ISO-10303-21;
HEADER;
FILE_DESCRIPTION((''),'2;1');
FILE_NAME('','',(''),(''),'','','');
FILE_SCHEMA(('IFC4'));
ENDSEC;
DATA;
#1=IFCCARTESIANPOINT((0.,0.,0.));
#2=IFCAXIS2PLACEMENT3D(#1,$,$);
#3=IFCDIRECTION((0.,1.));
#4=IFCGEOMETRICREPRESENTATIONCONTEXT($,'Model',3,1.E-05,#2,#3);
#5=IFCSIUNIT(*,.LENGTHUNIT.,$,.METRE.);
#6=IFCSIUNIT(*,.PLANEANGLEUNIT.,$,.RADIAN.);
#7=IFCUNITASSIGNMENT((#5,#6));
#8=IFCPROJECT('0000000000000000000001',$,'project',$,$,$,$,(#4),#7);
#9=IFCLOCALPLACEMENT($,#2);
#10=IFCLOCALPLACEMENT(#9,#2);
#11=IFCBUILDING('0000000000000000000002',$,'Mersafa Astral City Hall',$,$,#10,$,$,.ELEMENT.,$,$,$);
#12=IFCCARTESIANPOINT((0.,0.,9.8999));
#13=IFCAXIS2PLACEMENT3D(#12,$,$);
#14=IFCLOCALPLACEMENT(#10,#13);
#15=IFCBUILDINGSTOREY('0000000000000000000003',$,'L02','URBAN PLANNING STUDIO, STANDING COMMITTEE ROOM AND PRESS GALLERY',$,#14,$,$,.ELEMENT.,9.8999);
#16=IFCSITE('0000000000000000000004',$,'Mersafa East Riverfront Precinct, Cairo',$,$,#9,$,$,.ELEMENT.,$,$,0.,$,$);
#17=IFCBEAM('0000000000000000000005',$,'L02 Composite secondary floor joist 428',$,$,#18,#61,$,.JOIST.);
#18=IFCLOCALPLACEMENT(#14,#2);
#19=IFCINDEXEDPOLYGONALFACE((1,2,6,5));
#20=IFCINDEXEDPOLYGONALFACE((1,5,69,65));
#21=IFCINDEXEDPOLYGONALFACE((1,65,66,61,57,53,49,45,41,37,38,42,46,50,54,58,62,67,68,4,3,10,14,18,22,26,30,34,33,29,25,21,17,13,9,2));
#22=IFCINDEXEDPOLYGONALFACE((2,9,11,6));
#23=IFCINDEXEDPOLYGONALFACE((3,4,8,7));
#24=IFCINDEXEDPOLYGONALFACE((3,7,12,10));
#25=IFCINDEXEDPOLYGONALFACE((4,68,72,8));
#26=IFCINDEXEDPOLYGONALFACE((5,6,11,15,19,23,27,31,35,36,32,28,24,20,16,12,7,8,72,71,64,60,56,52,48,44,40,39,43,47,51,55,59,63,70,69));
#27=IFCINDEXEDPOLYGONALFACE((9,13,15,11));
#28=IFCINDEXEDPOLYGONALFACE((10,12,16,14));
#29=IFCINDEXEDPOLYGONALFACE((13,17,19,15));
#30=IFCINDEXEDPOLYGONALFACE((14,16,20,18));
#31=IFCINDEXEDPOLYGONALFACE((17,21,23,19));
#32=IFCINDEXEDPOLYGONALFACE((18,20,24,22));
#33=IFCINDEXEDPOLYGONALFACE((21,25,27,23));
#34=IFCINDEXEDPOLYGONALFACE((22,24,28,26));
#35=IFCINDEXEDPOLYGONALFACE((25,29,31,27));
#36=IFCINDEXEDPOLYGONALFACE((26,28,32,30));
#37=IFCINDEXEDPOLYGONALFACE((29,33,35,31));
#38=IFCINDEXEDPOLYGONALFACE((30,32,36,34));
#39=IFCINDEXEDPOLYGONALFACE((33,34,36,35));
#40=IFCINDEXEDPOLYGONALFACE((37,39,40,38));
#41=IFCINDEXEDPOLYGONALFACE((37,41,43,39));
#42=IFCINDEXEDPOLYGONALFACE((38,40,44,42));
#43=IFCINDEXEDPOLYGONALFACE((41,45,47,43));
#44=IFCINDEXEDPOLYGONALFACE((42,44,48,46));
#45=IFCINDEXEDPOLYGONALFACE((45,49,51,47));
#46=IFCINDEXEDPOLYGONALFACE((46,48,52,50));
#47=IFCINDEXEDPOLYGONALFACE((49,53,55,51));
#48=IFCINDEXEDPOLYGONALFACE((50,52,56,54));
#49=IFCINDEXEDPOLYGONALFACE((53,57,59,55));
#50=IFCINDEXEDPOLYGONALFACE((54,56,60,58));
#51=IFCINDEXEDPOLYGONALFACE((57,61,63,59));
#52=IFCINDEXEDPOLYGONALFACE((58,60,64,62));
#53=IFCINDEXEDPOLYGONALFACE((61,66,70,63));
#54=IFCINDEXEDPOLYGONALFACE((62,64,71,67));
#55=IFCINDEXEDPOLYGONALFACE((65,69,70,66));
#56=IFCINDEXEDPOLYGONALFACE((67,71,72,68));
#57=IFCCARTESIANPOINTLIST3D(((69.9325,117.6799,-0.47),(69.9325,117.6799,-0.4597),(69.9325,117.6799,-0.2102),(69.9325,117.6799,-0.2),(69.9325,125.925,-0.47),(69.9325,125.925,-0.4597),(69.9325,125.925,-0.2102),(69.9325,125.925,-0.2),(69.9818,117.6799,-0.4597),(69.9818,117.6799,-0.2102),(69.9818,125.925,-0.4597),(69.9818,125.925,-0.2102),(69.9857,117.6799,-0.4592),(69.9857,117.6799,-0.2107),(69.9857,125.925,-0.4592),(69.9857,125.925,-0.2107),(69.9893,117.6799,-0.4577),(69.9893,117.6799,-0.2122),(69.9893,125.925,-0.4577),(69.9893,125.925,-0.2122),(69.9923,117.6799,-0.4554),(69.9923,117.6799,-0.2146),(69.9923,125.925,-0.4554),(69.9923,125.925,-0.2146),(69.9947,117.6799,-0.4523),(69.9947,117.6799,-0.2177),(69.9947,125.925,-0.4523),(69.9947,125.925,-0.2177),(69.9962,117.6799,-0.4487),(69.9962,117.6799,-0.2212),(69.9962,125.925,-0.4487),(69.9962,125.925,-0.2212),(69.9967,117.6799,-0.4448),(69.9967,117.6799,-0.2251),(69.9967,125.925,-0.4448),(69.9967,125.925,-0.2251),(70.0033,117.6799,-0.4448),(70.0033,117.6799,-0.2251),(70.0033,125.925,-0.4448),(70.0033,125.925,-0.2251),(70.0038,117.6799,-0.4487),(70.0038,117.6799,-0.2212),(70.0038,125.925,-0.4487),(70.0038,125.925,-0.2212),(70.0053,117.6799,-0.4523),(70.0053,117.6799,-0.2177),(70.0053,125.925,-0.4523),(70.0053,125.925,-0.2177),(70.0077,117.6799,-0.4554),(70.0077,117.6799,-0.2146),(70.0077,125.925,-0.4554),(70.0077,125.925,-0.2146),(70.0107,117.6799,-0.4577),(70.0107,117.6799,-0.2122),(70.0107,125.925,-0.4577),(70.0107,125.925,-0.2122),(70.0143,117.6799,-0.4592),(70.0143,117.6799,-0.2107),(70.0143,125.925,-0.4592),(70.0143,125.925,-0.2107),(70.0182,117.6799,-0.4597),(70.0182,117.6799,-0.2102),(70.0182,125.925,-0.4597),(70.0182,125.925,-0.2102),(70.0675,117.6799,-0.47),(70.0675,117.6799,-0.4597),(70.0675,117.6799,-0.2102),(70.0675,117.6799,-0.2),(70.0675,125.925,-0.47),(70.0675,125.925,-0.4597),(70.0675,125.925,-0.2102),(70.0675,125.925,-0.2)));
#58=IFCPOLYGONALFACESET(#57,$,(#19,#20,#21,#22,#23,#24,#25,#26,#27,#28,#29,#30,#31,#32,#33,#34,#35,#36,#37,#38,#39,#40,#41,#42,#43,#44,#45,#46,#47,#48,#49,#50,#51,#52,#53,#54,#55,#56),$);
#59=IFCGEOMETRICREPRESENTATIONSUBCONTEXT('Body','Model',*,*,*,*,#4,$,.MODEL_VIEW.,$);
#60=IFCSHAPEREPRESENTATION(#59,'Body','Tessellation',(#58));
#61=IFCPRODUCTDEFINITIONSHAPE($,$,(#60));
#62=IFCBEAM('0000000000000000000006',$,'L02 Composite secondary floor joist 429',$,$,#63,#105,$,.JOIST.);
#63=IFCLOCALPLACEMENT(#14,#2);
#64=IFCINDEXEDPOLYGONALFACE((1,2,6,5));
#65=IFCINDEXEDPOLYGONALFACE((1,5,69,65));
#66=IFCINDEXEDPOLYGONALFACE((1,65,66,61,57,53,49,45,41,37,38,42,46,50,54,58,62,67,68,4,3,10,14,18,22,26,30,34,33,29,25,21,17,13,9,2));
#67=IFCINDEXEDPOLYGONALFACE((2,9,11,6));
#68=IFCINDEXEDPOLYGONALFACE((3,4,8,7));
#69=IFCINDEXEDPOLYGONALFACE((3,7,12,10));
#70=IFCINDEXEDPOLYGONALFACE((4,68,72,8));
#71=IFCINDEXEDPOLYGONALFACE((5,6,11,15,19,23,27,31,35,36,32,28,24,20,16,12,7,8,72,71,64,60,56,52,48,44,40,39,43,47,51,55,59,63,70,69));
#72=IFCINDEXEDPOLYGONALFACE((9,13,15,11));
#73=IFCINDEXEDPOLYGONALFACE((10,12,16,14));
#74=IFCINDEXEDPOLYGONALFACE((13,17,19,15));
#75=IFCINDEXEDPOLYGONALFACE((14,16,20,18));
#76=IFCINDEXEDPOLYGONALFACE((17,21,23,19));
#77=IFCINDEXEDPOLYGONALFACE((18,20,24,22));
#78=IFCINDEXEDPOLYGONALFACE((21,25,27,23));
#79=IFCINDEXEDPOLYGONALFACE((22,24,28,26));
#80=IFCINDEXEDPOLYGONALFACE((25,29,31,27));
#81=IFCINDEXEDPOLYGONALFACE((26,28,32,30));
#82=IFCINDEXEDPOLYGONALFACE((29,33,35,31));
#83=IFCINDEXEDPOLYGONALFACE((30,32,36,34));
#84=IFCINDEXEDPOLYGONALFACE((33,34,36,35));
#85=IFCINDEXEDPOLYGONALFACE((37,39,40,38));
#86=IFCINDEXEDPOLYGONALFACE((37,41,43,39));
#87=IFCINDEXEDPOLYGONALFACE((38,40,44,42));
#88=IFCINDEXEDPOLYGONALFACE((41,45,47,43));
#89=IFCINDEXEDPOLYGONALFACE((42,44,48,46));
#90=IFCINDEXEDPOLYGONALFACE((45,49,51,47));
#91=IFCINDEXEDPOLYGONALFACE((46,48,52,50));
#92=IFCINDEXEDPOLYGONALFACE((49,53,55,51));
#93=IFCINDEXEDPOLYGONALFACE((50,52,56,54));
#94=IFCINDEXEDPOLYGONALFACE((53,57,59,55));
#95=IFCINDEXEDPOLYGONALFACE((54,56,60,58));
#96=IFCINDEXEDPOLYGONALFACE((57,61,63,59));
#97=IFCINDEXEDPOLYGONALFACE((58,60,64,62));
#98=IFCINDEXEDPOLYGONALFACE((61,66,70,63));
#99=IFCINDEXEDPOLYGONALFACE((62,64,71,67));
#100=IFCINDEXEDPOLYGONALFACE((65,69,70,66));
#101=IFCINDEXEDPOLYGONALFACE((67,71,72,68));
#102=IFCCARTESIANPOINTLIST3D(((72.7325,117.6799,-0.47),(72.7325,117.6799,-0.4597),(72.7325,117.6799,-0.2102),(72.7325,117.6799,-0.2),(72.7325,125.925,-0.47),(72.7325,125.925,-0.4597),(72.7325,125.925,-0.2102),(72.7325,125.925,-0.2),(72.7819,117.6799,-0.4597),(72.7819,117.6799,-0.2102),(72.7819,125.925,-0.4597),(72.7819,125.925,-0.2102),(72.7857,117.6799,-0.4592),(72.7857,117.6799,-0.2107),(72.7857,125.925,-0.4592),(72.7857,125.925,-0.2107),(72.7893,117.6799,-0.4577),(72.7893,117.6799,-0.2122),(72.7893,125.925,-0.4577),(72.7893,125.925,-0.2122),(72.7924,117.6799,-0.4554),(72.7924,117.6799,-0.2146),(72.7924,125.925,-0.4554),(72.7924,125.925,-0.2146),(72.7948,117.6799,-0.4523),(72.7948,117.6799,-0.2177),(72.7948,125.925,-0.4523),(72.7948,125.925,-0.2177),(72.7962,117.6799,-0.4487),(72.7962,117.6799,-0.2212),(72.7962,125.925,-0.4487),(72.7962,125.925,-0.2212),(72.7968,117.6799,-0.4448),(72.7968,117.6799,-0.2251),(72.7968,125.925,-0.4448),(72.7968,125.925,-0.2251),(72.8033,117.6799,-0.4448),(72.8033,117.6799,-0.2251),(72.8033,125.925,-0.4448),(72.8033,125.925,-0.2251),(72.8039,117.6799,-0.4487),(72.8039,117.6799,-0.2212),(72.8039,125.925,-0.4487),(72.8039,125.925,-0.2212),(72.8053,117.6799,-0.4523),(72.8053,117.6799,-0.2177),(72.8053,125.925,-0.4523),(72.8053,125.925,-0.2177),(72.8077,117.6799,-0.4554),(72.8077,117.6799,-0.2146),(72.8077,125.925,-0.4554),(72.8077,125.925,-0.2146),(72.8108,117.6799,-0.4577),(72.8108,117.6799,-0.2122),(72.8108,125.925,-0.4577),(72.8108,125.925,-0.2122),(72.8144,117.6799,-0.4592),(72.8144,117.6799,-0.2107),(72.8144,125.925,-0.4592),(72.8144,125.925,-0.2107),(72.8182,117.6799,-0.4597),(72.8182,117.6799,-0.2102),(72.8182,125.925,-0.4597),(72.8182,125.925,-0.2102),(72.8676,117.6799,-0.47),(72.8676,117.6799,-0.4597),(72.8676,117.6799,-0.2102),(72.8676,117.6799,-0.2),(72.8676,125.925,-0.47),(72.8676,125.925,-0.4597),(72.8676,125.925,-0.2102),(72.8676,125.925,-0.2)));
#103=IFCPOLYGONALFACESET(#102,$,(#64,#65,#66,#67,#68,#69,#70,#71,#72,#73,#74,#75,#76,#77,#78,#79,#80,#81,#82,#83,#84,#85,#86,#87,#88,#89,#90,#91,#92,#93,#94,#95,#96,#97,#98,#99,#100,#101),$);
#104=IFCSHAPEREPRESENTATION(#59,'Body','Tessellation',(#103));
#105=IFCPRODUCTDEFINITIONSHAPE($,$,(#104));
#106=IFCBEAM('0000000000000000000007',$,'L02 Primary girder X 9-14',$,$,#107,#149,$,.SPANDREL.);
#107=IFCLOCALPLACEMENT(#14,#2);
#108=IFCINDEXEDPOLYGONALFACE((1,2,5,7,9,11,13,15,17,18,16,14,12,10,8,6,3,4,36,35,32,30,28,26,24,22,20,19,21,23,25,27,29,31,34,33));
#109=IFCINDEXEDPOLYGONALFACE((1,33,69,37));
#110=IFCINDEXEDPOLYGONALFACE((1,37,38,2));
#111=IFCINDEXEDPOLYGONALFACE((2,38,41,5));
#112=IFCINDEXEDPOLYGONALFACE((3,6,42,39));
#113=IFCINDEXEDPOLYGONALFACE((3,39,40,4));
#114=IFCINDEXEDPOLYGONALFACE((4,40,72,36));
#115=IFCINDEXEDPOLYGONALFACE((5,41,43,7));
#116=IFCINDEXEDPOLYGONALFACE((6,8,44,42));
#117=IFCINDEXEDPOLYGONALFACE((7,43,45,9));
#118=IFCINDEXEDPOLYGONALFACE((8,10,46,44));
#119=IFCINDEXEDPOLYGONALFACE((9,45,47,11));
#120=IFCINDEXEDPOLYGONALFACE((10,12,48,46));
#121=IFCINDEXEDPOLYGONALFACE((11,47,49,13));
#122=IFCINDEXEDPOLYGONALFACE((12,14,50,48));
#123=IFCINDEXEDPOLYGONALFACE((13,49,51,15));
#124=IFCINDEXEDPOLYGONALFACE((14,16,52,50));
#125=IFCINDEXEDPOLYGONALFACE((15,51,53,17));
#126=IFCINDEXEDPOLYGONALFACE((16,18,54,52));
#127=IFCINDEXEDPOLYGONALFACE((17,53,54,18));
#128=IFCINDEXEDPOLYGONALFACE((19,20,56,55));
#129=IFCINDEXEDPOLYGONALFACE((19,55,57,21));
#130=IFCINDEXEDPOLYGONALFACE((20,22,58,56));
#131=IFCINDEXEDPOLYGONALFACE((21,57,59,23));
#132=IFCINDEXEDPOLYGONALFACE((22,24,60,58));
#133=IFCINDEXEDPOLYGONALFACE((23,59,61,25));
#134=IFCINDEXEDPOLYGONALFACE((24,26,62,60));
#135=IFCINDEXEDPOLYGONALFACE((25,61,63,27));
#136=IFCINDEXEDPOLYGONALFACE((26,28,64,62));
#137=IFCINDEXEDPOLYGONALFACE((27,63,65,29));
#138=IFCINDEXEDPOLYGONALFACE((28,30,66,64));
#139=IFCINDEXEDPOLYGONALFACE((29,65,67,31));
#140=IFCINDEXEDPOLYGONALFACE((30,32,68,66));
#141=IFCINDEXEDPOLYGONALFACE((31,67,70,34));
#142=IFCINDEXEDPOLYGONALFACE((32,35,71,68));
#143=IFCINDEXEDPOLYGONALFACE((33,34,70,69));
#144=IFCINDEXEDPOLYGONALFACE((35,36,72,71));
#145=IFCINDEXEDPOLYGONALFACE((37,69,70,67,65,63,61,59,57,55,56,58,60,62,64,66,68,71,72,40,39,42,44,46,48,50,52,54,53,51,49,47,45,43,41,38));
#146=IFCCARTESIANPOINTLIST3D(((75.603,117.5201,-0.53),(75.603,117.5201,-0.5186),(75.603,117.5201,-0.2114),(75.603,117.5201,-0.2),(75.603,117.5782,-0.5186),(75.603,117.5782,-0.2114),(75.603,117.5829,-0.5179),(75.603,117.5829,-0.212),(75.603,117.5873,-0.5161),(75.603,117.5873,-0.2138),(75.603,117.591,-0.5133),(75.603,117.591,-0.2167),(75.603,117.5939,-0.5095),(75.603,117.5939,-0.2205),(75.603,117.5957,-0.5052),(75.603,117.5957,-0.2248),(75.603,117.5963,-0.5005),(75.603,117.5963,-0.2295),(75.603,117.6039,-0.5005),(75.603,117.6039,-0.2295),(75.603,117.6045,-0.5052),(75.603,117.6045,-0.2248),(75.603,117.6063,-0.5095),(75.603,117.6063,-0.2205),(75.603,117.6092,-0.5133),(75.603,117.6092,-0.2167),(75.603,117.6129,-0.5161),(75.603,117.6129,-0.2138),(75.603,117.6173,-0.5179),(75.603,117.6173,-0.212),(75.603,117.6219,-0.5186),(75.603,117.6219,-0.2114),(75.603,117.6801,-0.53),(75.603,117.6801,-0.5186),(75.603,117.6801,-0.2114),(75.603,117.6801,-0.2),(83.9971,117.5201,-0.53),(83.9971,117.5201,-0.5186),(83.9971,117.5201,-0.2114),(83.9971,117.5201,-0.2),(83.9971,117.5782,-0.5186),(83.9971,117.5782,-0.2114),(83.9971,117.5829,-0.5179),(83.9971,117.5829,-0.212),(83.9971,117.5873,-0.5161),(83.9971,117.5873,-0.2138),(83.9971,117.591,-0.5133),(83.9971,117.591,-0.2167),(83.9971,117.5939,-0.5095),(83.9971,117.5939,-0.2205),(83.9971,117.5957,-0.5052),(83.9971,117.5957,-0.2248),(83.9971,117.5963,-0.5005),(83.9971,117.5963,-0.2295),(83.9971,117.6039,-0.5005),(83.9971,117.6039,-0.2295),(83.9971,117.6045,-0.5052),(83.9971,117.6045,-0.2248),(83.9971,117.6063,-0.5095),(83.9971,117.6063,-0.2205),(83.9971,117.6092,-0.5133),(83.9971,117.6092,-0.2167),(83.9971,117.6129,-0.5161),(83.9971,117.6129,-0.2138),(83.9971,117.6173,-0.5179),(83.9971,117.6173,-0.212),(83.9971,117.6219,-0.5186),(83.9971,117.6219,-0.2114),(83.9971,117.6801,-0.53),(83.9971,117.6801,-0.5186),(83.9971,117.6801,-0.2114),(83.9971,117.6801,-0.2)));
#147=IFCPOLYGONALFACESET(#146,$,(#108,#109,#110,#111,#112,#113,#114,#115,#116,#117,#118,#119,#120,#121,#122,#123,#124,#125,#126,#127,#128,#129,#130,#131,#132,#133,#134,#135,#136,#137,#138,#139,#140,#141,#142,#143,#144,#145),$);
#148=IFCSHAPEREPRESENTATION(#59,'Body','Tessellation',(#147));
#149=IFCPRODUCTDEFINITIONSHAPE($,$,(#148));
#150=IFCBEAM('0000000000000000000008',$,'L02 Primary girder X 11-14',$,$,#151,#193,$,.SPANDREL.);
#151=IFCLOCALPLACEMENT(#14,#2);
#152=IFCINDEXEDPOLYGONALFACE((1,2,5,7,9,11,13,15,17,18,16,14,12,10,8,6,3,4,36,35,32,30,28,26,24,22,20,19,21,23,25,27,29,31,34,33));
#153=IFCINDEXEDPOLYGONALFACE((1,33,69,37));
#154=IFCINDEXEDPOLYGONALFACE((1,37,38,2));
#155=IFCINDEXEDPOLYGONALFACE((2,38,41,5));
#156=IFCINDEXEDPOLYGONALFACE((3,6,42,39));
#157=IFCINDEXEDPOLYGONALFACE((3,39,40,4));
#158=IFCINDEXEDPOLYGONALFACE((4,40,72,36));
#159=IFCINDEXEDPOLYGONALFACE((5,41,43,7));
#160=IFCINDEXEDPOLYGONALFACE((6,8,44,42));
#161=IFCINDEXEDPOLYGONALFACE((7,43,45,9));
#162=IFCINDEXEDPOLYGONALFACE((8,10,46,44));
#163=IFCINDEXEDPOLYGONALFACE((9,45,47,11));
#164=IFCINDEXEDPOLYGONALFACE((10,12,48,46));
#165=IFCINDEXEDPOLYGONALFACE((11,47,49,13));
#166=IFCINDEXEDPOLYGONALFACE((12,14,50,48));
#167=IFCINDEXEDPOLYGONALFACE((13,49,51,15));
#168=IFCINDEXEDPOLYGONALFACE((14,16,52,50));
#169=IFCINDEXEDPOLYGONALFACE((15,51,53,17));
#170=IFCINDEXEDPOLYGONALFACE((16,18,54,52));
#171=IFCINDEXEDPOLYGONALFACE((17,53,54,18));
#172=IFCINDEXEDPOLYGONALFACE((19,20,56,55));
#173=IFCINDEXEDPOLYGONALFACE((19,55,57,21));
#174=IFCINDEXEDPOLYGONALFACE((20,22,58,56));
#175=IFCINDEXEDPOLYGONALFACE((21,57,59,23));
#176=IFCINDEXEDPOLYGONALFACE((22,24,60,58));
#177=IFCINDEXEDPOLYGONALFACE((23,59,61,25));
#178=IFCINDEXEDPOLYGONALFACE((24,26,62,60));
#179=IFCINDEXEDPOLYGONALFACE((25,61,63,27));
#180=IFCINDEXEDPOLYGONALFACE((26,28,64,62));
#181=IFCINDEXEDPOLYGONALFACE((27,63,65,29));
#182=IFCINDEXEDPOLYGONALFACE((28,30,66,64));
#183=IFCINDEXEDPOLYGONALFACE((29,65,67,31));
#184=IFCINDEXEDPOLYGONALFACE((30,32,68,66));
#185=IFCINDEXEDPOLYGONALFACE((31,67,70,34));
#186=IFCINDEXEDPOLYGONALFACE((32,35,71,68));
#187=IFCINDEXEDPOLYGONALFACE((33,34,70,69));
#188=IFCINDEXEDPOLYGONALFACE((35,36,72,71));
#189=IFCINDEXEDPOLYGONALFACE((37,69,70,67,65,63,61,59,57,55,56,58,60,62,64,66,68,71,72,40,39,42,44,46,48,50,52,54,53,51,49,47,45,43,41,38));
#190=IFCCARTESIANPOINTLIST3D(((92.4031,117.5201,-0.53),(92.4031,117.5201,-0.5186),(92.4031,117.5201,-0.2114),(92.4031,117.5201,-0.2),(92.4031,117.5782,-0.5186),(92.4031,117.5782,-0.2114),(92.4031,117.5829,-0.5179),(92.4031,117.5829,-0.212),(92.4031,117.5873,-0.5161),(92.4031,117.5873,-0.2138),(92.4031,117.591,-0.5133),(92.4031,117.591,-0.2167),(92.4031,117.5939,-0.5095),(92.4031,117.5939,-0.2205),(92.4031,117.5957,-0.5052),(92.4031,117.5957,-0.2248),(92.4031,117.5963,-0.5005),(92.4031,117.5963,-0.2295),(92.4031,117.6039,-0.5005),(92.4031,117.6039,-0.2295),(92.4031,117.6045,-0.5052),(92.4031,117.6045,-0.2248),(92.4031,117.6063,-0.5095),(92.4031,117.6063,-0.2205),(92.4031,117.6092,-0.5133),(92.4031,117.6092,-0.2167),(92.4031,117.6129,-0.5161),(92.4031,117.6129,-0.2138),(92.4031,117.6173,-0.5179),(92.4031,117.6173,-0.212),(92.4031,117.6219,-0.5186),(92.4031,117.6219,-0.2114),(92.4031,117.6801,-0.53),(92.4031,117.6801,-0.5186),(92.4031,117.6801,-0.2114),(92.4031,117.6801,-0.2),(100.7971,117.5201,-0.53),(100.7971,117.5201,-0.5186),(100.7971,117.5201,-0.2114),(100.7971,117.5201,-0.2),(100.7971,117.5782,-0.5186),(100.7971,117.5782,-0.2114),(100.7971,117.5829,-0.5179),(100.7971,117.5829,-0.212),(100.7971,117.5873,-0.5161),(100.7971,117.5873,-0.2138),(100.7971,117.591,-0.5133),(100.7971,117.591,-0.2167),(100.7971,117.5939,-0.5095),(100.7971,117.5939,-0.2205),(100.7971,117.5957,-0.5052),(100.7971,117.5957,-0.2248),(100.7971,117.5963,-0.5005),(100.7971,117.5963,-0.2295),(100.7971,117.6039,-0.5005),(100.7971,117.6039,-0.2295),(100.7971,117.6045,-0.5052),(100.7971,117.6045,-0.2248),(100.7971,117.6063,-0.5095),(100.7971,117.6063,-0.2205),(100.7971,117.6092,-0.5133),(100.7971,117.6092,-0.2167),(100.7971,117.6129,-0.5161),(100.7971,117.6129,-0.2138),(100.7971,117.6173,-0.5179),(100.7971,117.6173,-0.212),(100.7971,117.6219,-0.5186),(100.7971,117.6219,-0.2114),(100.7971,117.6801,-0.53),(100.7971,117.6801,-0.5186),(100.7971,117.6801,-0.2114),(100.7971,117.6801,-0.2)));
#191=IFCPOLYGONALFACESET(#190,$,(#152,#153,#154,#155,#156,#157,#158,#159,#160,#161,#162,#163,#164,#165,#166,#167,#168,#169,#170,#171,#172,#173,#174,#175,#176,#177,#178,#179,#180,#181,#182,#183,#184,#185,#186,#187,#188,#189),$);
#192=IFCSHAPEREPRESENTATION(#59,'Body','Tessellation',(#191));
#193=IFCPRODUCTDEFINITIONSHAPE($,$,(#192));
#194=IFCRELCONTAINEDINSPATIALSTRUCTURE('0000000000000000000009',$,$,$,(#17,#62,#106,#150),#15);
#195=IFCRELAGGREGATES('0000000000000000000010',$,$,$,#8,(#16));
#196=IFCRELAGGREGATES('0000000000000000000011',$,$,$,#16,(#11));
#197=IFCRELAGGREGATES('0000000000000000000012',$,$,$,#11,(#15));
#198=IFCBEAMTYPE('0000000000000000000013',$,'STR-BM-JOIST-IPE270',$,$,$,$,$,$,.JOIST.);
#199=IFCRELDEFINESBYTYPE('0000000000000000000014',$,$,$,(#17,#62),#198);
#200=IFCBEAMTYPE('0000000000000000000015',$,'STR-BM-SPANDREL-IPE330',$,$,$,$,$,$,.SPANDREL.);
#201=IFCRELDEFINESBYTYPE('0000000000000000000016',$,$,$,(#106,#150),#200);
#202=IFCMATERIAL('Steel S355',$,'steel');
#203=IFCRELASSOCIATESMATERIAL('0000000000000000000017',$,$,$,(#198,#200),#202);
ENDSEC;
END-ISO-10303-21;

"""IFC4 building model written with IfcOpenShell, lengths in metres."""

from ifc_helpers import new_model, si_unit, direction, frame, origin, origin_2d, place, context, subcontext, project, spatial, i_section, extrude, material, material_profile, profile_set, type_object, element, save


model = new_model("IFC4")

# Units and contexts
model_context = context("Model", 3, precision=1e-05, world=origin(), true_north=direction((0.0, 1.0)))
body_context = subcontext(model_context, "Body", "Model", "MODEL_VIEW")
ifc_project = project(units=[si_unit("LENGTHUNIT", "METRE"), si_unit("PLANEANGLEUNIT", "RADIAN")], contexts=[model_context])

# Site, building, storey
site_placement = place(None, origin())
site = spatial("IfcSite", under=ifc_project, at=site_placement, Name="Mersafa East Riverfront Precinct, Cairo", CompositionType="ELEMENT", RefElevation=0.0)
building_placement = place(site_placement, origin())
building = spatial("IfcBuilding", under=site, at=building_placement, Name="Mersafa Astral City Hall", CompositionType="ELEMENT")
storey_placement = place(building_placement, frame((0.0, 0.0, 9.8999)))
storey = spatial("IfcBuildingStorey", under=building, at=storey_placement, Name="L02", Description="URBAN PLANNING STUDIO, STANDING COMMITTEE ROOM AND PRESS GALLERY", CompositionType="ELEMENT", Elevation=9.8999)

# Shared definitions
ifc_material_1 = material(Name="Steel S355", Category="steel")

# Beams
ifc_material_profile_1 = material_profile(ifc_material_1, i_section(OverallWidth=0.135, OverallDepth=0.27, WebThickness=0.0066, FlangeThickness=0.0103, FilletRadius=0.0149, at=origin_2d()), Name="IPE 270")
ifc_profile_set_1 = profile_set([ifc_material_profile_1], Name="Steel S355")
beam_type_1 = type_object("IfcBeamType", Name="STR-BM-JOIST-IPE270", PredefinedType="JOIST", material=ifc_profile_set_1)
for number, where, z_axis, x_axis, name in (
    (1, (70.0, 117.6799, -0.335), (0.0, 1.0, 0.0), (-1.0, 0.0, 0.0), "L02 Composite secondary floor joist 428"),
    (2, (72.8, 117.6799, -0.335), (0.0, 1.0, 0.0), (-1.0, 0.0, 0.0), "L02 Composite secondary floor joist 429"),
):
    element("IfcBeam", number, at=place(storey_placement, frame(where, z_axis=z_axis, x_axis=x_axis)), inside=storey, type_object=beam_type_1, Name=name, PredefinedType="JOIST", context=body_context, shape_type="SweptSolid", body=[
        extrude(i_section(OverallWidth=0.135, OverallDepth=0.27, WebThickness=0.0066, FlangeThickness=0.0103, FilletRadius=0.0149, at=origin_2d()), origin(), (0.0, 0.0, 1.0), 8.2451),
    ])
ifc_material_profile_2 = material_profile(ifc_material_1, i_section(OverallWidth=0.1599, OverallDepth=0.3301, WebThickness=0.0076, FlangeThickness=0.0115, FilletRadius=0.0181, at=origin_2d()), Name="IPE 330")
ifc_profile_set_2 = profile_set([ifc_material_profile_2], Name="Steel S355")
beam_type_2 = type_object("IfcBeamType", Name="STR-BM-SPANDREL-IPE330", PredefinedType="SPANDREL", material=ifc_profile_set_2)
for number, where, z_axis, x_axis, name in (
    (3, (75.603, 117.6001, -0.365), (1.0, 0.0, 0.0), (0.0, 1.0, 0.0), "L02 Primary girder X 9-14"),
    (4, (92.4031, 117.6001, -0.365), (1.0, 0.0, 0.0), (0.0, 1.0, 0.0), "L02 Primary girder X 11-14"),
):
    element("IfcBeam", number, at=place(storey_placement, frame(where, z_axis=z_axis, x_axis=x_axis)), inside=storey, type_object=beam_type_2, Name=name, PredefinedType="SPANDREL", context=body_context, shape_type="SweptSolid", body=[
        extrude(i_section(OverallWidth=0.1599, OverallDepth=0.3301, WebThickness=0.0076, FlangeThickness=0.0115, FilletRadius=0.0181, at=origin_2d()), origin(), (0.0, 0.0, 1.0), 8.394),
    ])

save(model, "model.ifc")
